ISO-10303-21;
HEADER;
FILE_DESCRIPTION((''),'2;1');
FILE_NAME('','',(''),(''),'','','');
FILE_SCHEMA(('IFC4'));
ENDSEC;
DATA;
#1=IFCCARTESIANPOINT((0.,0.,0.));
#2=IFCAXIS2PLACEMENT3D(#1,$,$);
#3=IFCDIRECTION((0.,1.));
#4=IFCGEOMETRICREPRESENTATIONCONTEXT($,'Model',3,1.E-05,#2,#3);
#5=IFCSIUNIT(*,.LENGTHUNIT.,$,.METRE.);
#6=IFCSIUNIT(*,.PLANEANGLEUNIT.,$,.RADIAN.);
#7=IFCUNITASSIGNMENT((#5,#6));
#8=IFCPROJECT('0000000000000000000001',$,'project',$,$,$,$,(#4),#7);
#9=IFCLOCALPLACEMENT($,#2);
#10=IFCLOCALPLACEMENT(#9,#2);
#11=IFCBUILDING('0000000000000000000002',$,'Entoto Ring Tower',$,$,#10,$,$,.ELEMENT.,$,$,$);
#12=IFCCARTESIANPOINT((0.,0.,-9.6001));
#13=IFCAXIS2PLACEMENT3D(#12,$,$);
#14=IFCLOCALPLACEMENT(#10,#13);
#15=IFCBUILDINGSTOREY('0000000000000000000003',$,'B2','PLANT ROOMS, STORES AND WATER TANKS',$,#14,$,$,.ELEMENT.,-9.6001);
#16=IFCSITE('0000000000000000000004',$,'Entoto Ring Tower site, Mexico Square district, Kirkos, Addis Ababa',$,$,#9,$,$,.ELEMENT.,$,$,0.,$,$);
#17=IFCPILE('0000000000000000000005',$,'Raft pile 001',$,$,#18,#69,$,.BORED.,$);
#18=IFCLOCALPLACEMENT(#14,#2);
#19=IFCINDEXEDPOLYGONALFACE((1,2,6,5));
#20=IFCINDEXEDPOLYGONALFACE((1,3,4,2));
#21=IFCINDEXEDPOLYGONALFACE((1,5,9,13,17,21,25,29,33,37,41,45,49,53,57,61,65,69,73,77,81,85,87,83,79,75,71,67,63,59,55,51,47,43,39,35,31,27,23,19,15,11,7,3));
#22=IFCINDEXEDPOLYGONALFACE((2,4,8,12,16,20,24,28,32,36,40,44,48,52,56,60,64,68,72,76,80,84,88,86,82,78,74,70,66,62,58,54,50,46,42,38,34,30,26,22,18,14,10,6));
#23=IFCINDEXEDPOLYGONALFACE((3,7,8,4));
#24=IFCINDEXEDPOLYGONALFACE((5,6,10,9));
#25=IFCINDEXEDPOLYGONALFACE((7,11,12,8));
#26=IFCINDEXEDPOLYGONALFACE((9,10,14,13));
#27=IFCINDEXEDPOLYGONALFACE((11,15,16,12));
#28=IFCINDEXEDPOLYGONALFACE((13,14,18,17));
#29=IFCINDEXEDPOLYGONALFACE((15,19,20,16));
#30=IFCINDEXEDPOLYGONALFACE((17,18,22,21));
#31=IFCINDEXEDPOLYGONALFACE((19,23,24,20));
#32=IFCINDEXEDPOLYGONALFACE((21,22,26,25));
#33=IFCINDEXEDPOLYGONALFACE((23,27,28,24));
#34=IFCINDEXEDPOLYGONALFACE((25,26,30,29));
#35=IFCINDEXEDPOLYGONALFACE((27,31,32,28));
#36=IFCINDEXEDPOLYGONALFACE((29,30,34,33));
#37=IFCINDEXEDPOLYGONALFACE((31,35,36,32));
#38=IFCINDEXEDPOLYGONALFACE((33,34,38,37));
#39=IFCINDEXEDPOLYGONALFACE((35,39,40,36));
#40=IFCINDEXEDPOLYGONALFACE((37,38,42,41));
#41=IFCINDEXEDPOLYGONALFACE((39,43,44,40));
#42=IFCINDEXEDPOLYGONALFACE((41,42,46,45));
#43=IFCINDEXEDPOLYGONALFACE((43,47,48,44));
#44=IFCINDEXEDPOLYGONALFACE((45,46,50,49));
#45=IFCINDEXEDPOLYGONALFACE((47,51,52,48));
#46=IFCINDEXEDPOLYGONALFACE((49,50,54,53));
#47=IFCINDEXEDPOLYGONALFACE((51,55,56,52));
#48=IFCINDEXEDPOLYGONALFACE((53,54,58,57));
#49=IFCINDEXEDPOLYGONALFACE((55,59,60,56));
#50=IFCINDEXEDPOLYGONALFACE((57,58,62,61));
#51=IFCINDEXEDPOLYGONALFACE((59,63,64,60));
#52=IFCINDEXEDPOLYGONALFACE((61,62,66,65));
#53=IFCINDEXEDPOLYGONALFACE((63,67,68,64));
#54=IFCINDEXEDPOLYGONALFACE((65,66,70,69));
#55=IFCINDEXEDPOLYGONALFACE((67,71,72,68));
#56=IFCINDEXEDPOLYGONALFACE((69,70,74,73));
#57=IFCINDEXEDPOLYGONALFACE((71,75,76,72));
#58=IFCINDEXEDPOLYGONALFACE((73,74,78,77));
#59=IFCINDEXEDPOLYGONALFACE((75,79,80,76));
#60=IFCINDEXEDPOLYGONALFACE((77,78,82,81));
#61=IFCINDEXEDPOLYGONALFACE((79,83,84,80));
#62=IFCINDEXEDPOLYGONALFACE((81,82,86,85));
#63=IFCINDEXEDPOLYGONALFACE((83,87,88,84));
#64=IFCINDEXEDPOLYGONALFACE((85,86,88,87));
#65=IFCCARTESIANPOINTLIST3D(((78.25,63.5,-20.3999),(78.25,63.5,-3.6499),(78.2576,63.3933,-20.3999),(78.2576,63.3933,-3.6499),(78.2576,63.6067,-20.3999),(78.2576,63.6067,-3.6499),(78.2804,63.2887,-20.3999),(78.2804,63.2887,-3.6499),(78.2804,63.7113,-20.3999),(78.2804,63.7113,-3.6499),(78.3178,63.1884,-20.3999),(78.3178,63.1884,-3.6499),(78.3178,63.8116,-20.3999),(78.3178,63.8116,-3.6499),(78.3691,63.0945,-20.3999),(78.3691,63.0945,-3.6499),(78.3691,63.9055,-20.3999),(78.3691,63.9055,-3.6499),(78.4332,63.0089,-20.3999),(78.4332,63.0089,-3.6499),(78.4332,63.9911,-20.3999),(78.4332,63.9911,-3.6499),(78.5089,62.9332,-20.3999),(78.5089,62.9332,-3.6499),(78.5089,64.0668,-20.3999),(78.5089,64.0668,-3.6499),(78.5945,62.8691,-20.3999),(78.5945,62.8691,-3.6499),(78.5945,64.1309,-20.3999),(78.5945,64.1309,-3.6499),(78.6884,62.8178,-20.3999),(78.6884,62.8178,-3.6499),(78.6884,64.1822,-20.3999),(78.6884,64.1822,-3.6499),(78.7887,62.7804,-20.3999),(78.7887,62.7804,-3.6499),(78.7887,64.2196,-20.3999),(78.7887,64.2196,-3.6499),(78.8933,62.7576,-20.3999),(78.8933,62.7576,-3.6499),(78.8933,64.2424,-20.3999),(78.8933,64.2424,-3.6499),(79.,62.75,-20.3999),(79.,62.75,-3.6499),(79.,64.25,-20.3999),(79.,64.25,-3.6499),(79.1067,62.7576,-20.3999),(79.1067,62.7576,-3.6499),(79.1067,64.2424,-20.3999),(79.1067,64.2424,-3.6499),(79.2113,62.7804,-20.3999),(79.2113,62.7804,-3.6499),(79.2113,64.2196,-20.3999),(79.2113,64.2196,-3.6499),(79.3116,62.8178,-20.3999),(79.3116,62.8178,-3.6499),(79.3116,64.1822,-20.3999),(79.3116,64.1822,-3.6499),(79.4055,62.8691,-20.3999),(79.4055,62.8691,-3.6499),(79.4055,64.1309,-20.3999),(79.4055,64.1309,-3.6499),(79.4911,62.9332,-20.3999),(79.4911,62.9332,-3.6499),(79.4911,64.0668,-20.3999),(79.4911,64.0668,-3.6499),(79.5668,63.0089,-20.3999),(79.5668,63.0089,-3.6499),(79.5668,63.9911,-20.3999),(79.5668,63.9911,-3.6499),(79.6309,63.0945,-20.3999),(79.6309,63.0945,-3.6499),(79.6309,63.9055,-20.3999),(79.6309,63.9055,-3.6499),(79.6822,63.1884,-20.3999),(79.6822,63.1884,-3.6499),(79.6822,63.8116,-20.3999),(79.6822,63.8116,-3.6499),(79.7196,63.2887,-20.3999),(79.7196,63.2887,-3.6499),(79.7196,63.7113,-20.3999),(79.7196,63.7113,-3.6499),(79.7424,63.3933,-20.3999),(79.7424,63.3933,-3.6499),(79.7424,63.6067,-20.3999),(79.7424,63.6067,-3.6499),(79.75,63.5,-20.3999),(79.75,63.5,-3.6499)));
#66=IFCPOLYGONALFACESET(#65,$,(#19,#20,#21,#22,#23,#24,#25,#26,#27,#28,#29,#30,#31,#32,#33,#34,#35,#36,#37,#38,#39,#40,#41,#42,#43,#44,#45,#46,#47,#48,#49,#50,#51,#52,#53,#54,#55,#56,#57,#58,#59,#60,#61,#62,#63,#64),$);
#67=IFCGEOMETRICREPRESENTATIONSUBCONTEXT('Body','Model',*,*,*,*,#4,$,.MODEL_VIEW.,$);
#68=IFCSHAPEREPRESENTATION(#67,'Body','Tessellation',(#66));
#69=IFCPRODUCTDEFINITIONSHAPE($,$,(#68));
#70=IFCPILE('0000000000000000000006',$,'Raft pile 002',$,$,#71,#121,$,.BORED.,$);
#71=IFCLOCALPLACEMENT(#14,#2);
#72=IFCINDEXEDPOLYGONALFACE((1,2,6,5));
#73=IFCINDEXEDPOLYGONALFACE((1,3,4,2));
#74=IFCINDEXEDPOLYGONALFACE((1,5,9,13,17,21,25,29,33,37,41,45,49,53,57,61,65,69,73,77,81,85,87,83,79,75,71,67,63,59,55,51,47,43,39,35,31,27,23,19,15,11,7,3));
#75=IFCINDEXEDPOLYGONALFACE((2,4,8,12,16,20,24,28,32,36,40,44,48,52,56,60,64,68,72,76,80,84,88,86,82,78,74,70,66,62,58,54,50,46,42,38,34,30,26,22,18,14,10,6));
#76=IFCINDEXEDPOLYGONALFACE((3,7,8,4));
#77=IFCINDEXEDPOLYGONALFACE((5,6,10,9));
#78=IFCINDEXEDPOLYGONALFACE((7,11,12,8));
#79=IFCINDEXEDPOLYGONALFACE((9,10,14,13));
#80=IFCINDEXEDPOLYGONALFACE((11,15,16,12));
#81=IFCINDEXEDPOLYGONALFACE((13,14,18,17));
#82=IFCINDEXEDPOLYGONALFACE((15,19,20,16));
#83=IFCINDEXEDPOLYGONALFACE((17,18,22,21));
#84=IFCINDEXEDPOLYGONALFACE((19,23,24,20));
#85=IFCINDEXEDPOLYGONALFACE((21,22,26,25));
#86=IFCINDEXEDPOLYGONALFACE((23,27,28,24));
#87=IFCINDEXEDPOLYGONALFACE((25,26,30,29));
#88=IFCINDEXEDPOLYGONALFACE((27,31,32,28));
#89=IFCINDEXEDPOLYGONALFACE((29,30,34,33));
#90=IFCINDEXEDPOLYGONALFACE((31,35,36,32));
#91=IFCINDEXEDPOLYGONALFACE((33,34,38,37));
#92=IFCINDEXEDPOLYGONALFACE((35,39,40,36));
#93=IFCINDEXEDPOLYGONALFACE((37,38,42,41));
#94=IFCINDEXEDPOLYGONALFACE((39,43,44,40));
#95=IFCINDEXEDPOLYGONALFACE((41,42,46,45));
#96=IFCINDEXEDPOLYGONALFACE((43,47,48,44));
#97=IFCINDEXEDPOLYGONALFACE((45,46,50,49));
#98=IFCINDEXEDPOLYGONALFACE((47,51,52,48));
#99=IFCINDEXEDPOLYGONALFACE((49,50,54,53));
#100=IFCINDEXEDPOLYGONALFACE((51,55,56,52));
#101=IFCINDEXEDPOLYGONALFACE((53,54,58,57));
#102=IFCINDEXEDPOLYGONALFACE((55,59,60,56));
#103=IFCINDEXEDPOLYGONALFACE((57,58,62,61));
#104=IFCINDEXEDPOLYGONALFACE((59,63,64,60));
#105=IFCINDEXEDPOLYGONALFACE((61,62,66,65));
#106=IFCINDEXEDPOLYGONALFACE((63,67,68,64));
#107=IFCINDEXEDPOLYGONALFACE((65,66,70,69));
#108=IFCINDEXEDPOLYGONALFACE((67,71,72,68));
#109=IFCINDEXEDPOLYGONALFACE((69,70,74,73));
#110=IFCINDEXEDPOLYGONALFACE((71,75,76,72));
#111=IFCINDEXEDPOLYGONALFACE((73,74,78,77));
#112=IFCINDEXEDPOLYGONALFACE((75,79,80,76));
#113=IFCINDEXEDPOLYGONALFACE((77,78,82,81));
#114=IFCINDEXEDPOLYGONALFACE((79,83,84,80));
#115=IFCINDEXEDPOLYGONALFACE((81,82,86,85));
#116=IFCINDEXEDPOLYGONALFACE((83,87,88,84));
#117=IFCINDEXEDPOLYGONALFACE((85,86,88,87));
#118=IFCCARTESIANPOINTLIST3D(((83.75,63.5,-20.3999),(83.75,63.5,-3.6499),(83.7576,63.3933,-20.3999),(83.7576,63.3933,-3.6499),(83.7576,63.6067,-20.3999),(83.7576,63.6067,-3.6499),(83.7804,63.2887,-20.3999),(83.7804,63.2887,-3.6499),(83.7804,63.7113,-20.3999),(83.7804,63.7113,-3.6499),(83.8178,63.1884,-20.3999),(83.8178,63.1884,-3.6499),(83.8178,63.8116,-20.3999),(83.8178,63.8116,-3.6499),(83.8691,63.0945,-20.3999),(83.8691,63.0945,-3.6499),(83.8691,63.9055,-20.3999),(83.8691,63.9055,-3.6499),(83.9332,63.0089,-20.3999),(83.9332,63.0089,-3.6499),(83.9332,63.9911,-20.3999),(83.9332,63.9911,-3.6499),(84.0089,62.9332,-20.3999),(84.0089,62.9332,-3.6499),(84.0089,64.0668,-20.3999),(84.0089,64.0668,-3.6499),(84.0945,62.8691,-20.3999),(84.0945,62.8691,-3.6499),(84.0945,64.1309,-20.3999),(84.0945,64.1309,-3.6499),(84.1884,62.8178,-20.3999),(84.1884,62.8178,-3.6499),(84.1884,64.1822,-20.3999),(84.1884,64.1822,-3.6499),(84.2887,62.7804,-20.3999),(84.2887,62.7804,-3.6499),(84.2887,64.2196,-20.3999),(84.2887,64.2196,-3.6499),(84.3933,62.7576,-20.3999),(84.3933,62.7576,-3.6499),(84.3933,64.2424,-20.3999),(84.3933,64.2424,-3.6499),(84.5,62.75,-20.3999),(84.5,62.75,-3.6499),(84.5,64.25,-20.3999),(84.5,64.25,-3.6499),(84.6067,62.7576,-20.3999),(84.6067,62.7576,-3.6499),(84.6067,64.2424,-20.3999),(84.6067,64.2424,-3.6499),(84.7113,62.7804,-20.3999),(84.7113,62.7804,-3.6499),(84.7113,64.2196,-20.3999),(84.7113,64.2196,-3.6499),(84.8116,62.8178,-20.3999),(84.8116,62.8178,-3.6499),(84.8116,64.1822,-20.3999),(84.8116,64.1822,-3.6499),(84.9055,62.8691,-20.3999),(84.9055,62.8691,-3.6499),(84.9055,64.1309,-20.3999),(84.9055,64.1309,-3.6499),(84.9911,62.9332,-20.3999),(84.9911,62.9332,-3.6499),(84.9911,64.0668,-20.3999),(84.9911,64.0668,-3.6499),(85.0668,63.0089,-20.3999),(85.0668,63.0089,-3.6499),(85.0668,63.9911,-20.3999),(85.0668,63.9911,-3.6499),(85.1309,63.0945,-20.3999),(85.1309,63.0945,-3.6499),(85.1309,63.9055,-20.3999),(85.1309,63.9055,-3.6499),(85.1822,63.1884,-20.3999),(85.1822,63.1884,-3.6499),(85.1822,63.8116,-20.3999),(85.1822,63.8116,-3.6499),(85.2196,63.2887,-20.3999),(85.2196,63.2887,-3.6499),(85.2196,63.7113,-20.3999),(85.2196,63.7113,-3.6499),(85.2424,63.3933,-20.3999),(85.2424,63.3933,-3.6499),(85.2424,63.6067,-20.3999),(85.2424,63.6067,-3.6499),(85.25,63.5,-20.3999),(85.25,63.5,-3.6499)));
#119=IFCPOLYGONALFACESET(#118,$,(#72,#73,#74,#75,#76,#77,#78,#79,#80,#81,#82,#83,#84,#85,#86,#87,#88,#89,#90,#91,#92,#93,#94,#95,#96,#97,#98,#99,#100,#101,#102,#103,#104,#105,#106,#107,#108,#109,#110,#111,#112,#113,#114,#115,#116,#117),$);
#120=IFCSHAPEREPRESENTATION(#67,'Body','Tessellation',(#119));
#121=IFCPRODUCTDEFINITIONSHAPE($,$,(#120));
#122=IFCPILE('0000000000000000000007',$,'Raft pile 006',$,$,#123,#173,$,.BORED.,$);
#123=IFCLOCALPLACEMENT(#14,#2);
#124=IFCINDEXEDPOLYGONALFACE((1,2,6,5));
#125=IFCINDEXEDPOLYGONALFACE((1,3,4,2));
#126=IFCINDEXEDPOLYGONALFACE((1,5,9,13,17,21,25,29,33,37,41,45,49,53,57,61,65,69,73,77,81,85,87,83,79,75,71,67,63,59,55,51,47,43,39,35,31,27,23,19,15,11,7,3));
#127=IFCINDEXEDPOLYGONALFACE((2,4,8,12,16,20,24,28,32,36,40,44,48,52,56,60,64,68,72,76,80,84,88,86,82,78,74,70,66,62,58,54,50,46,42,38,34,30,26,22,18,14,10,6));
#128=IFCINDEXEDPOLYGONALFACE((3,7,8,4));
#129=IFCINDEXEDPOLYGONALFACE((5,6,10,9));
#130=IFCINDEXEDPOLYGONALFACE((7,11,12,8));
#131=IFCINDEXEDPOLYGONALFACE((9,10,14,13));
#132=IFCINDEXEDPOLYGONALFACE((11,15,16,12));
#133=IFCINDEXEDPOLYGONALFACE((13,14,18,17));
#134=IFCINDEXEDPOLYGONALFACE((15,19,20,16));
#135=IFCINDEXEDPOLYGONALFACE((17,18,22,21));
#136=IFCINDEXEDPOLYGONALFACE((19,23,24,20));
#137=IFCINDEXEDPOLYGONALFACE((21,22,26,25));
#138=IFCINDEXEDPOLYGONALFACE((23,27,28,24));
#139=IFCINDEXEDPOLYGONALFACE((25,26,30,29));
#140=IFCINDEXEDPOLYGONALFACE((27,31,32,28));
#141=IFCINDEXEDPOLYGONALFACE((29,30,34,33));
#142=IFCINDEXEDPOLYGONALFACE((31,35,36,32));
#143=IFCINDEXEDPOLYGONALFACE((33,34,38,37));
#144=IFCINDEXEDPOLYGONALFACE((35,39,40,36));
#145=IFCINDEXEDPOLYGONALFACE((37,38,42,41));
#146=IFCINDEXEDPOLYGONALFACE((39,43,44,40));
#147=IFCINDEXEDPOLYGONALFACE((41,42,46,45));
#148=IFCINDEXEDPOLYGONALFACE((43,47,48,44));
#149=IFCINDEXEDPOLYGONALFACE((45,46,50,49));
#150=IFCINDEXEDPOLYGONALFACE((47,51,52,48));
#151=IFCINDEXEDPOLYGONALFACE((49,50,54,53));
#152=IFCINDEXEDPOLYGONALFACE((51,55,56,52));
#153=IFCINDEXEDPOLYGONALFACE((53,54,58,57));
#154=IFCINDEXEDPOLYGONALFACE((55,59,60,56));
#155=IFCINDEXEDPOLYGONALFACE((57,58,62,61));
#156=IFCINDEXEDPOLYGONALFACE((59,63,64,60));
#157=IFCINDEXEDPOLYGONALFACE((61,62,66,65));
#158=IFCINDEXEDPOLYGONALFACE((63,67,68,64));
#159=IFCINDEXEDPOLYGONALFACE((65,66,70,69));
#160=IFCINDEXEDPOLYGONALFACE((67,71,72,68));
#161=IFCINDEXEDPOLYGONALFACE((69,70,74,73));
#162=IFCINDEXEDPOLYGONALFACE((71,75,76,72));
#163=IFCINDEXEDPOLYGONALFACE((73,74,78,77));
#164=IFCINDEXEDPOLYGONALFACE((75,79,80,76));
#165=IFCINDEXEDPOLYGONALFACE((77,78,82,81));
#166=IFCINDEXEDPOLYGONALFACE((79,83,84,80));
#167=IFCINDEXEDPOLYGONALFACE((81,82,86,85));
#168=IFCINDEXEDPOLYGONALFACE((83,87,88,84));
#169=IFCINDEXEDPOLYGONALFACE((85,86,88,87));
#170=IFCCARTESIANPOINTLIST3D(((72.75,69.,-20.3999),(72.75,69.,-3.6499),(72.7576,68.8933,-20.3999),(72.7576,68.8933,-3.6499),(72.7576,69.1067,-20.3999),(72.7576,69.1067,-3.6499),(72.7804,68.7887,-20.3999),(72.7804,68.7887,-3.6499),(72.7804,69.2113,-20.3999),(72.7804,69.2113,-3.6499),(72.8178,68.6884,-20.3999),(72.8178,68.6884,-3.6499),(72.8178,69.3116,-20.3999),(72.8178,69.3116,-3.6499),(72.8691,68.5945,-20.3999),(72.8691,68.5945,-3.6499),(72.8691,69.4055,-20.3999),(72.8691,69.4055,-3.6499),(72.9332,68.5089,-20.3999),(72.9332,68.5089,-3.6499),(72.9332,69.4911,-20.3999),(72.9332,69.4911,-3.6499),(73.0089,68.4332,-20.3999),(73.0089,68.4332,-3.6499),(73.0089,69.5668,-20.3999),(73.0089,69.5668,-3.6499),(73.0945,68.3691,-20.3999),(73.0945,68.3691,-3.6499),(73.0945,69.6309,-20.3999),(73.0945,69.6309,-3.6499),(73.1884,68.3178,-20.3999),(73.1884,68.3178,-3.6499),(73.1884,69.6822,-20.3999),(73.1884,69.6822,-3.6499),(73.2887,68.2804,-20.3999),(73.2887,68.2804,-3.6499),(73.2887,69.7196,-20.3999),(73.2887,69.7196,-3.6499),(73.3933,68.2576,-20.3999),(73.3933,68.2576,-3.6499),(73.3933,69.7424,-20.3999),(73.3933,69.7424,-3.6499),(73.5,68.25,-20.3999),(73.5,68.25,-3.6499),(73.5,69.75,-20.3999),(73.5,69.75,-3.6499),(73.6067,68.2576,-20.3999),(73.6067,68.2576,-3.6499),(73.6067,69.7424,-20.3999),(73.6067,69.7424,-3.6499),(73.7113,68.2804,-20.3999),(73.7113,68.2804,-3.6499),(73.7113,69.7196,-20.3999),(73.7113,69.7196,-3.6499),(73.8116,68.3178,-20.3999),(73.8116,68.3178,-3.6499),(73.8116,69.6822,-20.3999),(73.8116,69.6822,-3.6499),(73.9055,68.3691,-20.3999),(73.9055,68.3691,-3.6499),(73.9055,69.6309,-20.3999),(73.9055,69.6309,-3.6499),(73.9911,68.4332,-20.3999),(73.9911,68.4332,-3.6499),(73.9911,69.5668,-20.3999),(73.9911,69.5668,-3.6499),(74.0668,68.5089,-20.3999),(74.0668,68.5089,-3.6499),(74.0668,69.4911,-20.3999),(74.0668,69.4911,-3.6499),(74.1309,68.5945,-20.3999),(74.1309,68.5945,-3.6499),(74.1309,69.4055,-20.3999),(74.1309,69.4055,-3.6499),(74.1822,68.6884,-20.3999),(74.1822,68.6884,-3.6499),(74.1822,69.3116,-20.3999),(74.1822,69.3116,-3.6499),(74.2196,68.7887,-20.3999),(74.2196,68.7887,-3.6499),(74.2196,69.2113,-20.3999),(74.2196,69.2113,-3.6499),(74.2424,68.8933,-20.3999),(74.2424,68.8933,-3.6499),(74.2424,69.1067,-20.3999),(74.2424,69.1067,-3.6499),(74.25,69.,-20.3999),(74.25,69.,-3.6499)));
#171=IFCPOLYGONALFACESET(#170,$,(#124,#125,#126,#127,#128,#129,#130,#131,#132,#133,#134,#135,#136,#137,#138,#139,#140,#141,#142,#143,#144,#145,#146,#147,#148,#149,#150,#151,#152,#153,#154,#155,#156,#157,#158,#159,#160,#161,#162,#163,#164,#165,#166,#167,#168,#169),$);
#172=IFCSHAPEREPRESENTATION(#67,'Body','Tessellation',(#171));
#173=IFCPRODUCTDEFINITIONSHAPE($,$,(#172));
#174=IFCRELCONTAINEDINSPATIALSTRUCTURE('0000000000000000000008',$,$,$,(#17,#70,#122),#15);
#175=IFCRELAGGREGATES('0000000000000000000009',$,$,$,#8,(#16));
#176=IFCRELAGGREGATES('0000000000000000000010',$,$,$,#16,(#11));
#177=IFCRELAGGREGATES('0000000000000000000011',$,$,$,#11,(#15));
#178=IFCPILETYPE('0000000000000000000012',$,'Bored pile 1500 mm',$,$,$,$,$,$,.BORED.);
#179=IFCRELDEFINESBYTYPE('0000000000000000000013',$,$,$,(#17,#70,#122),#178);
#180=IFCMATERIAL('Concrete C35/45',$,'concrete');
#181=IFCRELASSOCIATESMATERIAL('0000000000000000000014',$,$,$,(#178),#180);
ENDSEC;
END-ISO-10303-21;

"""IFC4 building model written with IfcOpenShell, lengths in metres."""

from ifc_helpers import new_model, si_unit, direction, frame, origin, origin_2d, place, context, subcontext, project, spatial, circle, extrude, material, material_profile, profile_set, type_object, element, save


model = new_model("IFC4")

# Units and contexts
model_context = context("Model", 3, precision=1e-05, world=origin(), true_north=direction((0.0, 1.0)))
body_context = subcontext(model_context, "Body", "Model", "MODEL_VIEW")
ifc_project = project(units=[si_unit("LENGTHUNIT", "METRE"), si_unit("PLANEANGLEUNIT", "RADIAN")], contexts=[model_context])

# Site, building, storey
site_placement = place(None, origin())
site = spatial("IfcSite", under=ifc_project, at=site_placement, Name="Entoto Ring Tower site, Mexico Square district, Kirkos, Addis Ababa", CompositionType="ELEMENT", RefElevation=0.0)
building_placement = place(site_placement, origin())
building = spatial("IfcBuilding", under=site, at=building_placement, Name="Entoto Ring Tower", CompositionType="ELEMENT")
storey_placement = place(building_placement, frame((0.0, 0.0, -9.6001)))
storey = spatial("IfcBuildingStorey", under=building, at=storey_placement, Name="B2", Description="PLANT ROOMS, STORES AND WATER TANKS", CompositionType="ELEMENT", Elevation=-9.6001)

# Piles
ifc_material_1 = material(Name="Concrete C35/45", Category="concrete")
ifc_material_profile = material_profile(ifc_material_1, circle(Radius=0.75, at=origin_2d()), Name="Bored pile 1500 mm")
ifc_profile_set = profile_set([ifc_material_profile], Name="Concrete C35/45")
pile_type = type_object("IfcPileType", Name="Bored pile 1500 mm", PredefinedType="BORED", material=ifc_profile_set)
for number, where, z_axis, x_axis, name in (
    (1, (79.0, 63.5, -3.6499), (0.0, 0.0, -1.0), (1.0, 0.0, 0.0), "Raft pile 001"),
    (2, (84.5, 63.5, -3.6499), (0.0, 0.0, -1.0), (1.0, 0.0, 0.0), "Raft pile 002"),
    (3, (73.5, 69.0, -3.6499), (0.0, 0.0, -1.0), (1.0, 0.0, 0.0), "Raft pile 006"),
):
    element("IfcPile", number, at=place(storey_placement, frame(where, z_axis=z_axis, x_axis=x_axis)), inside=storey, type_object=pile_type, Name=name, PredefinedType="BORED", context=body_context, shape_type="SweptSolid", body=[
        extrude(circle(Radius=0.75, at=origin_2d()), origin(), (0.0, 0.0, 1.0), 16.75),
    ])

save(model, "model.ifc")
